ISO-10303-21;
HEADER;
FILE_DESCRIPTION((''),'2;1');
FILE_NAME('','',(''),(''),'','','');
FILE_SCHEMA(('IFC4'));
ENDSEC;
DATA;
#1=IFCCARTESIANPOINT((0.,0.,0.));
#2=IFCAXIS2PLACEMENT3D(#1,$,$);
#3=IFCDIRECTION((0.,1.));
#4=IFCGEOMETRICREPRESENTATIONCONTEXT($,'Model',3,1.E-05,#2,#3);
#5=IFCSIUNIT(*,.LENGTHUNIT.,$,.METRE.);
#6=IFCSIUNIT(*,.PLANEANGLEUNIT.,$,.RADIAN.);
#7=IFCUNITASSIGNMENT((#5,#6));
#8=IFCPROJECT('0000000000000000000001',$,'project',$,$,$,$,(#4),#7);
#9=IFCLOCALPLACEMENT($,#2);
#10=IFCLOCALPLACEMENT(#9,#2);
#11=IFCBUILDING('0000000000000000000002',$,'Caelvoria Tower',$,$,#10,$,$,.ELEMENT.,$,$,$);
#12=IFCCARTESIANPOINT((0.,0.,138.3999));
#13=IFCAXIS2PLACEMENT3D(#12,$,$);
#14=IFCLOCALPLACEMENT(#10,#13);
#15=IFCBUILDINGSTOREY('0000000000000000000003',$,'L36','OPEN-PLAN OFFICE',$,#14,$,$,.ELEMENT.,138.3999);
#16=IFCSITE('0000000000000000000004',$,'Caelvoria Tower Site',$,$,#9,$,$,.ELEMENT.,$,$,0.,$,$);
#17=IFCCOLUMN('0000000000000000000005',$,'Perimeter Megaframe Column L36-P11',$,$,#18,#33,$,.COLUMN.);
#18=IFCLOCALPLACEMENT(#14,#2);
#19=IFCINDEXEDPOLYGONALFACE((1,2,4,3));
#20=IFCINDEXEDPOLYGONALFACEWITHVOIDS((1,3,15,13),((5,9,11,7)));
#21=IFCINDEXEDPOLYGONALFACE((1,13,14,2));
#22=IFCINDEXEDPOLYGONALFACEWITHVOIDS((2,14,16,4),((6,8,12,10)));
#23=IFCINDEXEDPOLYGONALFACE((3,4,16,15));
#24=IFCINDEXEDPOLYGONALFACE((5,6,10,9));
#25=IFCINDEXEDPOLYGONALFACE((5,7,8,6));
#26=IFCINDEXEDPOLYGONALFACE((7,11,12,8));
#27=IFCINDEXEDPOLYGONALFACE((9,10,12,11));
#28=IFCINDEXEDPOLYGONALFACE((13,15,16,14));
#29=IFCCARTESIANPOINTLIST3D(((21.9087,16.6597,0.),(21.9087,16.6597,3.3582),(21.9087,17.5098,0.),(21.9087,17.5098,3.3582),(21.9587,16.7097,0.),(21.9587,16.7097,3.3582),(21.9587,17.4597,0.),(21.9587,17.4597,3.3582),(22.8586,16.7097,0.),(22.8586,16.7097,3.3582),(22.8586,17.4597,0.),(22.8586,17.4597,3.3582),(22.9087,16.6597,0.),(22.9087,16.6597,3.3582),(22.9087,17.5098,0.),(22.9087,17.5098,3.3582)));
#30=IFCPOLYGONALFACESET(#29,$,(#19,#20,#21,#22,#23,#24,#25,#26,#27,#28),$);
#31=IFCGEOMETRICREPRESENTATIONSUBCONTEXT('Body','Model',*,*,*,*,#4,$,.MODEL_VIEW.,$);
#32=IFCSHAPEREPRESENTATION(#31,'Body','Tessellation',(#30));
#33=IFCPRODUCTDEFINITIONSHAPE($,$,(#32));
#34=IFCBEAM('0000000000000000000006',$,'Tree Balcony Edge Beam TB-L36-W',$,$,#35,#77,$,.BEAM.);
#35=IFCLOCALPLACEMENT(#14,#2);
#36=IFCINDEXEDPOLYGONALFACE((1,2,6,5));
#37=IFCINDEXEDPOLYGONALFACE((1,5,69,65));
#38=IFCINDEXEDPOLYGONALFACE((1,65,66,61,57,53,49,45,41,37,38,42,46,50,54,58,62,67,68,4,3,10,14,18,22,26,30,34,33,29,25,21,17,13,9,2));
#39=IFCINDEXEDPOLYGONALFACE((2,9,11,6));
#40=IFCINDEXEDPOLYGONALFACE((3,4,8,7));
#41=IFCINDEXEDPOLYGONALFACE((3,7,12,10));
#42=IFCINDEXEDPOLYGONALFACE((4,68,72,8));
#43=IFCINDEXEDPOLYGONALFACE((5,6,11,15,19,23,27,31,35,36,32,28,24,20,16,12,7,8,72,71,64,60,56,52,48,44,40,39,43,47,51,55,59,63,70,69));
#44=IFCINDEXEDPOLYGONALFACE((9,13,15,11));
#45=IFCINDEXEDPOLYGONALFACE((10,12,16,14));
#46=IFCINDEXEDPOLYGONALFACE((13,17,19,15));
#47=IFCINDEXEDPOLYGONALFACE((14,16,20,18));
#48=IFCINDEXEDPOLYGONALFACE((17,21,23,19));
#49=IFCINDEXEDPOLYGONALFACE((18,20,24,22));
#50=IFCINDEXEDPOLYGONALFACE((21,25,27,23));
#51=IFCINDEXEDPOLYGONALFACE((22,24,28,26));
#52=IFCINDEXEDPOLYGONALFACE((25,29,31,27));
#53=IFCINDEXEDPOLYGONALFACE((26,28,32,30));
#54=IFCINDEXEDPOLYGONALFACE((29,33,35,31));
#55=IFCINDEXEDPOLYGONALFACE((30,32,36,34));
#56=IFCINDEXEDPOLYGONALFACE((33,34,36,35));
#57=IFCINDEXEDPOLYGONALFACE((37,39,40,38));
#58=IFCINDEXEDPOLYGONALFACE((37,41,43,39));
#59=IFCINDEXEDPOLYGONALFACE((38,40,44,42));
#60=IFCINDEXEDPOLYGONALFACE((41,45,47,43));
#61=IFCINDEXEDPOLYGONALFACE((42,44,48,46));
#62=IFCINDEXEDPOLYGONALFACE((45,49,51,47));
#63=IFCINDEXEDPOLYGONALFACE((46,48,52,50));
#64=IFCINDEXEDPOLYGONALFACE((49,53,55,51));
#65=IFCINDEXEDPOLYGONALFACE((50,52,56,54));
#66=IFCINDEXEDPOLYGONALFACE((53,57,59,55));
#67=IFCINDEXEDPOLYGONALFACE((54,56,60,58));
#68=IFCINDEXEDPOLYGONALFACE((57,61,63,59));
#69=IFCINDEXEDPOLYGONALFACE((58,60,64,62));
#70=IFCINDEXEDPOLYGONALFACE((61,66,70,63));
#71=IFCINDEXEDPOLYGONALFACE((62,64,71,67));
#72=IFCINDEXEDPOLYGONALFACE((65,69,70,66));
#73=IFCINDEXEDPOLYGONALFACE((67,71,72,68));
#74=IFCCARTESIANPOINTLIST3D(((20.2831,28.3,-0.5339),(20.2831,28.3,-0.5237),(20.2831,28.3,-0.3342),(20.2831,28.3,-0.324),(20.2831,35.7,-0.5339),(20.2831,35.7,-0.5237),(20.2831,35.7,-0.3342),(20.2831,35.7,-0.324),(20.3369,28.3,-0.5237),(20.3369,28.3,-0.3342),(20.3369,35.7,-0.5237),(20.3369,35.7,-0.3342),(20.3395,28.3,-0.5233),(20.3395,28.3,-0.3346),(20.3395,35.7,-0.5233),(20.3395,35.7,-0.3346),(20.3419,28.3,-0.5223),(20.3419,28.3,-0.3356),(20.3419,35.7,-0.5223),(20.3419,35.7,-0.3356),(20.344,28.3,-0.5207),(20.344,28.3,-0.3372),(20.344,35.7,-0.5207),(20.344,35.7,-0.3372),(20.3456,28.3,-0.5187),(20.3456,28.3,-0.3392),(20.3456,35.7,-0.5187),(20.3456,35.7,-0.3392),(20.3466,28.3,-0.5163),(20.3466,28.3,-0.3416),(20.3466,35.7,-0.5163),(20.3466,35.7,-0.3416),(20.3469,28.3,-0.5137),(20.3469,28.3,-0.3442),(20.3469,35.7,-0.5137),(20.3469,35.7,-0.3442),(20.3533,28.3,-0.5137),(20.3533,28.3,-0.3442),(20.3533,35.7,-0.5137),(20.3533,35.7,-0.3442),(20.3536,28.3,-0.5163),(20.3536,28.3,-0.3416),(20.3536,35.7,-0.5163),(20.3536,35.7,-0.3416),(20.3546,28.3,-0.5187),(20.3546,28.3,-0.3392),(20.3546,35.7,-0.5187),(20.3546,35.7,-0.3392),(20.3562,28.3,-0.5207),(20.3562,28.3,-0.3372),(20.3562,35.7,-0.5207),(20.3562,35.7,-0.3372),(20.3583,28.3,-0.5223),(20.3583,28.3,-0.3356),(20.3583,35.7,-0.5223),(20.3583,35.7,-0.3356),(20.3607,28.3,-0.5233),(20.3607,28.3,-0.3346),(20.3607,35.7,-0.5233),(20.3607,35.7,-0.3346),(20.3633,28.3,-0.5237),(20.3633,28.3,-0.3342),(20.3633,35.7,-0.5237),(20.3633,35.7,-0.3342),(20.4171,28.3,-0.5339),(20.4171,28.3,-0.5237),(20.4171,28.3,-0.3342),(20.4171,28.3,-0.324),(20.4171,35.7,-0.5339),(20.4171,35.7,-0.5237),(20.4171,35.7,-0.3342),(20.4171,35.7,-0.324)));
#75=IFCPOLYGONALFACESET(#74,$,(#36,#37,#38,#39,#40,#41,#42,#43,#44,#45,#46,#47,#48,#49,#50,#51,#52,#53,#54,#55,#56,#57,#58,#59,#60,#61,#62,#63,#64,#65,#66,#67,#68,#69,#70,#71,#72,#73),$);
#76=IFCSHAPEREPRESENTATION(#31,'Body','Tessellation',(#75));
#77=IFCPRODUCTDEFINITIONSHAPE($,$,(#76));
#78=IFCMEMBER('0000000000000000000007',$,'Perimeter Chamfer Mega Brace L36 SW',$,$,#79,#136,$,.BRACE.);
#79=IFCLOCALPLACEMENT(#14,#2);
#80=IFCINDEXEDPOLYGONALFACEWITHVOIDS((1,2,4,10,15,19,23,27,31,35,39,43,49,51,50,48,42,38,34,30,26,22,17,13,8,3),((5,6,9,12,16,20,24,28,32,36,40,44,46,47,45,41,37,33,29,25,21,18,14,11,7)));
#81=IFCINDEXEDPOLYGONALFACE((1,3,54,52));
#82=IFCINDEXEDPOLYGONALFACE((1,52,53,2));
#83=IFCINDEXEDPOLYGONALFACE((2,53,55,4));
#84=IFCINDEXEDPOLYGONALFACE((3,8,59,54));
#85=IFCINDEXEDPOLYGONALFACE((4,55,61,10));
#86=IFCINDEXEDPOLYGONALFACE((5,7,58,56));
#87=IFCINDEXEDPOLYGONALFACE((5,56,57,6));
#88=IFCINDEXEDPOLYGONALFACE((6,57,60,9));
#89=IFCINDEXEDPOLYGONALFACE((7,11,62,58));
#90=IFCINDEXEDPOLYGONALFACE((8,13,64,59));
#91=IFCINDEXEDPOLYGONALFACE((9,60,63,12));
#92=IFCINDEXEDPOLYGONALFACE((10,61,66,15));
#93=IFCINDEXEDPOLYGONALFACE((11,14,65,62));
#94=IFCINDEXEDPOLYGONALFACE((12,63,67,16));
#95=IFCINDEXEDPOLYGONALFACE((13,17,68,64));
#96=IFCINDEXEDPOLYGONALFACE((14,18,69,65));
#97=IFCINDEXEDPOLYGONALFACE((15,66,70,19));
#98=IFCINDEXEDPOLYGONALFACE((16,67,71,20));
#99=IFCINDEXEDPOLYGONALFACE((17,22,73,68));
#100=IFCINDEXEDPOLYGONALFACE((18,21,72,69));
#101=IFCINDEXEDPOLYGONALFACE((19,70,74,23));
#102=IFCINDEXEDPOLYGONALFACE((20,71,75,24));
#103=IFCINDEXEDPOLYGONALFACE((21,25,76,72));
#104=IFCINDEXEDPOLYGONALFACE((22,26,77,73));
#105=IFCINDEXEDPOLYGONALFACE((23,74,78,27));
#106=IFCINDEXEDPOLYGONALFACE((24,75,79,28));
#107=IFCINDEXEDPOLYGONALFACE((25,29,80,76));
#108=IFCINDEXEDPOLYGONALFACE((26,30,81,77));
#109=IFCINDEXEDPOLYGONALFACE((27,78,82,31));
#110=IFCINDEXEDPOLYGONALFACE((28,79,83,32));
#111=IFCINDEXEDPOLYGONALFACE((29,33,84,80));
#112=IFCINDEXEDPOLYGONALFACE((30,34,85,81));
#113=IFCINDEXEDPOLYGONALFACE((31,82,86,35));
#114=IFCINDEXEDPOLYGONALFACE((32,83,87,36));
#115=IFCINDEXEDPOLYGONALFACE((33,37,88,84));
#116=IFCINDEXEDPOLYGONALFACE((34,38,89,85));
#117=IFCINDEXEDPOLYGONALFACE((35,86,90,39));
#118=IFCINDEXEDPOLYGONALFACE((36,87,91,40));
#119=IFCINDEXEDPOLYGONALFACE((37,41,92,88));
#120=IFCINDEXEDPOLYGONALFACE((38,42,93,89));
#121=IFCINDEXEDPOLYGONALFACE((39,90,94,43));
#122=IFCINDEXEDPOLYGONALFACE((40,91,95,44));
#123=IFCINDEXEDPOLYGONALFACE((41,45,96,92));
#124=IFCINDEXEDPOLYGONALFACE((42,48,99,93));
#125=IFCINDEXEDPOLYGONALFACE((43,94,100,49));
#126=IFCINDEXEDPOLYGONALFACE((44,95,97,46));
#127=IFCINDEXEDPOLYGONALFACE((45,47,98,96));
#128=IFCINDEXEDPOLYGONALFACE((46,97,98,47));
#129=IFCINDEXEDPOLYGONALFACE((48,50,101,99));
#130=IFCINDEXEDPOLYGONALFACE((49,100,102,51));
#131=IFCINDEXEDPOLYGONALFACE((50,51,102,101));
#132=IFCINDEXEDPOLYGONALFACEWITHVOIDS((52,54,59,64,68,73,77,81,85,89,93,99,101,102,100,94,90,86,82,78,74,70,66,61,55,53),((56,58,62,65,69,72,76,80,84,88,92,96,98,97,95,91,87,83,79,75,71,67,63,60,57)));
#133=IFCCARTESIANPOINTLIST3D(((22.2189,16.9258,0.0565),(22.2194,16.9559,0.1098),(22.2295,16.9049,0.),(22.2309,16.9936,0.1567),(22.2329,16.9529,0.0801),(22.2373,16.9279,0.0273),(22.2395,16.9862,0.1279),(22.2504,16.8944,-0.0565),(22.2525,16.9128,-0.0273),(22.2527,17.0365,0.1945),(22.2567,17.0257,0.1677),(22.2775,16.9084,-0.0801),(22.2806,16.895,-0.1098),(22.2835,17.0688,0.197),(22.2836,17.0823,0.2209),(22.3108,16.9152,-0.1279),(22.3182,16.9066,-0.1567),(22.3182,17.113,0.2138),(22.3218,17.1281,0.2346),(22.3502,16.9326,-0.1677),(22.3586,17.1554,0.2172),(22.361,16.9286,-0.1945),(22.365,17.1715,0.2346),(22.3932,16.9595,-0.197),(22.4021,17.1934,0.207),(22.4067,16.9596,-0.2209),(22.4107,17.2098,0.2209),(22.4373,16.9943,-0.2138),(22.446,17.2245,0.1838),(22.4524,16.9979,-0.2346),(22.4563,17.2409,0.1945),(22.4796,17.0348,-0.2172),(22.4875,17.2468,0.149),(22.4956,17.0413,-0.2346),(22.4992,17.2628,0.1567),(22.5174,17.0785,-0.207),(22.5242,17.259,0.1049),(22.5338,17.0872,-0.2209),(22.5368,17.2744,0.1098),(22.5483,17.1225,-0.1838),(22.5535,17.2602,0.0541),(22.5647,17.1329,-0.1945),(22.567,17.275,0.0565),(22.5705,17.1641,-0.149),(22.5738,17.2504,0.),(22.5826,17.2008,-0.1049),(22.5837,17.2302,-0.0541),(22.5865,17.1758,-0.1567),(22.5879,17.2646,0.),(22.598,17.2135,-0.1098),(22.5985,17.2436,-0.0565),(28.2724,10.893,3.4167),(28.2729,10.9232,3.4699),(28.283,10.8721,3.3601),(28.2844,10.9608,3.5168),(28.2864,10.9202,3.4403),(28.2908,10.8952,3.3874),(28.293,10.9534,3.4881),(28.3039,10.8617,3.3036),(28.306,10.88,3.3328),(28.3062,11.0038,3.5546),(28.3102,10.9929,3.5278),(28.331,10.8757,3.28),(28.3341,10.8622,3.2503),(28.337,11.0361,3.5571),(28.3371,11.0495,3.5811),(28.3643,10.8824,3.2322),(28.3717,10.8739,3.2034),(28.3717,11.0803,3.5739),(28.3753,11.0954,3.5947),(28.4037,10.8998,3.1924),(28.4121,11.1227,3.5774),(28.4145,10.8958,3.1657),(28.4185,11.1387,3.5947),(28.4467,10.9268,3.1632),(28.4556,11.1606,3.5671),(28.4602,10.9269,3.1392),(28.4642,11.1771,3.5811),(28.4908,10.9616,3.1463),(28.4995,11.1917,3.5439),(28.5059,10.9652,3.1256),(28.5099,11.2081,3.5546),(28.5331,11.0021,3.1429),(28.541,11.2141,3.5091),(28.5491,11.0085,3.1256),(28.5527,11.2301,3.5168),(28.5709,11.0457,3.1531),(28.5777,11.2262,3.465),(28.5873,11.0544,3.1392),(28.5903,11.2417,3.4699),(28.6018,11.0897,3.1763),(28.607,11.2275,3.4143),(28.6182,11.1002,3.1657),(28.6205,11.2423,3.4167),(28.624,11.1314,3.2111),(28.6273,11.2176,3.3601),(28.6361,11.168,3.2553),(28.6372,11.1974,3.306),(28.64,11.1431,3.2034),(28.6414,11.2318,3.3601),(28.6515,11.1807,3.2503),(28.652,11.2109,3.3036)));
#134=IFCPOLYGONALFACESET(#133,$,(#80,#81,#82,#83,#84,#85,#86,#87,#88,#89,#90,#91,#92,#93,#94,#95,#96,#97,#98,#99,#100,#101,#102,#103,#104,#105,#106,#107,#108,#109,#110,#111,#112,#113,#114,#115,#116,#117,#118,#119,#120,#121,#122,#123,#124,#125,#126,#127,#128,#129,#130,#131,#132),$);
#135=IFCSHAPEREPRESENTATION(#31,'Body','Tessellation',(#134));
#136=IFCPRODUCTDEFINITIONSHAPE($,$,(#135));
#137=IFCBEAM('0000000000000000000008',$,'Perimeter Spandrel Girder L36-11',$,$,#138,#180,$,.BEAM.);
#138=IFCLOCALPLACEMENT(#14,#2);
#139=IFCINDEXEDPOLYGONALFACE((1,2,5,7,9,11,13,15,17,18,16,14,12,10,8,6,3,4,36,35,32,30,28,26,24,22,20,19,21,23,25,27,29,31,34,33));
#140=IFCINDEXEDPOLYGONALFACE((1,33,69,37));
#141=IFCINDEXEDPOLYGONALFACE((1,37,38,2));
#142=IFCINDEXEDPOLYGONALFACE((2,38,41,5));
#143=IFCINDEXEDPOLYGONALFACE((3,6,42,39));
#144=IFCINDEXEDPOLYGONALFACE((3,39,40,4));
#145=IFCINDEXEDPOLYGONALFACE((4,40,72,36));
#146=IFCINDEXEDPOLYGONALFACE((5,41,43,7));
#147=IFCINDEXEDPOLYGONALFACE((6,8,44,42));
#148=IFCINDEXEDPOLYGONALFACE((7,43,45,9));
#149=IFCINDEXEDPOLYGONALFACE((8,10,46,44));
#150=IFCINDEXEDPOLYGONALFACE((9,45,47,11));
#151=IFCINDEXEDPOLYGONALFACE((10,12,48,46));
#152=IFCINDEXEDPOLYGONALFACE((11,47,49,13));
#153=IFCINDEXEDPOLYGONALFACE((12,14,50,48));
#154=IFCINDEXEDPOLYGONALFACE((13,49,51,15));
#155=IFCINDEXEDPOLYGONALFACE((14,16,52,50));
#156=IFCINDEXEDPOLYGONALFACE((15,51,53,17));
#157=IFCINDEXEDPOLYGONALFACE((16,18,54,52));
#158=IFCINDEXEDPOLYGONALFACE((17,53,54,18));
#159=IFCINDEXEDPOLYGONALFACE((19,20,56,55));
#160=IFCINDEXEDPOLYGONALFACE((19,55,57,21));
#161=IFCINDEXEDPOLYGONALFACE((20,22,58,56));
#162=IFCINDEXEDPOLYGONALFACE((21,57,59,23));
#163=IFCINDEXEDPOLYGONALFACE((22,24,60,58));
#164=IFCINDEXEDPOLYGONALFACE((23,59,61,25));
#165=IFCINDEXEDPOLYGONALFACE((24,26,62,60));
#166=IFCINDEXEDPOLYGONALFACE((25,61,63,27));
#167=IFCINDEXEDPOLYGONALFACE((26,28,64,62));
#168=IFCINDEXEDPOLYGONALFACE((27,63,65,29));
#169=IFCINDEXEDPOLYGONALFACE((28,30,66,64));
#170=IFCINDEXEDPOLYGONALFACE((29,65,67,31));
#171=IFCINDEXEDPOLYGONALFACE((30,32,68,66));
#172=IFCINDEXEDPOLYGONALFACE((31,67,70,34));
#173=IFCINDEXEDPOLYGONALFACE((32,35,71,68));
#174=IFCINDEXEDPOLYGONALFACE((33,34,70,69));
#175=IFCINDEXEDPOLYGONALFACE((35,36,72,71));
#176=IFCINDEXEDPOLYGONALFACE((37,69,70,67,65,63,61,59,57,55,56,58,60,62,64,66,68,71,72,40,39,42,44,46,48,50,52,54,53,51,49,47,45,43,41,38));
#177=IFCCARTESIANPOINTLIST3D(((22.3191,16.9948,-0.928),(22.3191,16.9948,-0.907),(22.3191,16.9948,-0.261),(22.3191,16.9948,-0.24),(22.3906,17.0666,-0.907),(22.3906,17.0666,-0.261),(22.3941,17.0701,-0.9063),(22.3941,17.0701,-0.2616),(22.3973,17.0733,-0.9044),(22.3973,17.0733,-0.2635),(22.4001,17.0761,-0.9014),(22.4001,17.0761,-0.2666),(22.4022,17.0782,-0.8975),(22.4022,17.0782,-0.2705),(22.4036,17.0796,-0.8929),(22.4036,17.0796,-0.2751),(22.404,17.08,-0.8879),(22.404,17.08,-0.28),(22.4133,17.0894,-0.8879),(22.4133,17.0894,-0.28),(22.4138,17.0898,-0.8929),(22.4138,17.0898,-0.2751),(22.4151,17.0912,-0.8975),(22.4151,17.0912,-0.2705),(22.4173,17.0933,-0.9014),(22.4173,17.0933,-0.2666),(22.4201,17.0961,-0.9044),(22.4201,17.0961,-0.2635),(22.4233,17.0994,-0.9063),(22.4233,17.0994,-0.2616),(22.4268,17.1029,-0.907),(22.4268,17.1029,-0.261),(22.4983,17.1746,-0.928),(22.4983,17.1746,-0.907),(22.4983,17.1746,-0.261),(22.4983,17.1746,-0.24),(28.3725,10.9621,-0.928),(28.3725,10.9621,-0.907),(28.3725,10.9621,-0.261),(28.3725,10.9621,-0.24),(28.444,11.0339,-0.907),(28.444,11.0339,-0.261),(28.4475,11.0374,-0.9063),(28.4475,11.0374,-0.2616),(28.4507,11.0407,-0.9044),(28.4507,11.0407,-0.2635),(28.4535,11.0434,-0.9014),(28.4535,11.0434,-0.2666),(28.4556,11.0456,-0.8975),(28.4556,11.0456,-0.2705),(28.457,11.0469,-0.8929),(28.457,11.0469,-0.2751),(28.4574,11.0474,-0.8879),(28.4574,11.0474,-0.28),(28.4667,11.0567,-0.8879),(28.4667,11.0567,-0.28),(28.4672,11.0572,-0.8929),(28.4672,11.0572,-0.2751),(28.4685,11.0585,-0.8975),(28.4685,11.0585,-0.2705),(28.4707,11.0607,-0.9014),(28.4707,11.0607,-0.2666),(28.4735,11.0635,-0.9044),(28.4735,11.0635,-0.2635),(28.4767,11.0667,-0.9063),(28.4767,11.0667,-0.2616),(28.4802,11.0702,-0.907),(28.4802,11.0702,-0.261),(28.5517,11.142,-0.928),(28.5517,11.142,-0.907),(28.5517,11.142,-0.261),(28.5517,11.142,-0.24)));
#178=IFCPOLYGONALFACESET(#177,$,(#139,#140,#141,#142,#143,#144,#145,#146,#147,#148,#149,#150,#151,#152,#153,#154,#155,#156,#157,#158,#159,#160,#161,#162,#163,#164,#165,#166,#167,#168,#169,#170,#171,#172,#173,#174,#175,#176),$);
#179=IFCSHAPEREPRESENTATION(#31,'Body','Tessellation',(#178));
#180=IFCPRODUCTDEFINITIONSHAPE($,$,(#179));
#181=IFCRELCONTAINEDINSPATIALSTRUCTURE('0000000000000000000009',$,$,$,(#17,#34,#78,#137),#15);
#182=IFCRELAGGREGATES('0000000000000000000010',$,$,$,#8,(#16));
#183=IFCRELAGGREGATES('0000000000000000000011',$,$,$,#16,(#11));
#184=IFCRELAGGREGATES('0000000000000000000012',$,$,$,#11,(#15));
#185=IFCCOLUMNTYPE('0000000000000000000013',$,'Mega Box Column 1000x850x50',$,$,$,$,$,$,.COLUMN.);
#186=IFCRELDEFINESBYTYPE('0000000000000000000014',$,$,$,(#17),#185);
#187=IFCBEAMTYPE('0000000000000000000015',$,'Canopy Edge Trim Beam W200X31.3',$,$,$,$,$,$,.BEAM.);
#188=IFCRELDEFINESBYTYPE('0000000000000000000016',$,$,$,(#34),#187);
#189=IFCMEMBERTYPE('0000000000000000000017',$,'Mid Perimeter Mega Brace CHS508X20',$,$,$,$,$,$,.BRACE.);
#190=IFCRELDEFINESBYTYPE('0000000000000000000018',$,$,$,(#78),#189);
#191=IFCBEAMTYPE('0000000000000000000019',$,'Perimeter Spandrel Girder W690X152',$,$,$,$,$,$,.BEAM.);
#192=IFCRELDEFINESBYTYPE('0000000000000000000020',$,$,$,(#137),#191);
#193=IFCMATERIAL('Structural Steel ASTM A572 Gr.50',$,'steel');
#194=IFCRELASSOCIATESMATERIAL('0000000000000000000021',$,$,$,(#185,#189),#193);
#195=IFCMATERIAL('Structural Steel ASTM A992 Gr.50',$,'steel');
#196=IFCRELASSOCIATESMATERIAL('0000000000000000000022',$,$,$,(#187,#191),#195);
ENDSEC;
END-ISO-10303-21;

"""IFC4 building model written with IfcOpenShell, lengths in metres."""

from ifc_helpers import new_model, si_unit, direction, frame, origin, origin_2d, place, context, subcontext, project, spatial, hollow_rectangle, hollow_circle, i_section, extrude, material, material_profile, profile_set, type_object, element, save


model = new_model("IFC4")

# Units and contexts
model_context = context("Model", 3, precision=1e-05, world=origin(), true_north=direction((0.0, 1.0)))
body_context = subcontext(model_context, "Body", "Model", "MODEL_VIEW")
ifc_project = project(units=[si_unit("LENGTHUNIT", "METRE"), si_unit("PLANEANGLEUNIT", "RADIAN")], contexts=[model_context])

# Site, building, storey
site_placement = place(None, origin())
site = spatial("IfcSite", under=ifc_project, at=site_placement, Name="Caelvoria Tower Site", CompositionType="ELEMENT", RefElevation=0.0)
building_placement = place(site_placement, origin())
building = spatial("IfcBuilding", under=site, at=building_placement, Name="Caelvoria Tower", CompositionType="ELEMENT")
storey_placement = place(building_placement, frame((0.0, 0.0, 138.3999)))
storey = spatial("IfcBuildingStorey", under=building, at=storey_placement, Name="L36", Description="OPEN-PLAN OFFICE", CompositionType="ELEMENT", Elevation=138.3999)

# Column
ifc_material_1 = material(Name="Structural Steel ASTM A572 Gr.50", Category="steel")
ifc_material_profile_1 = material_profile(ifc_material_1, hollow_rectangle(XDim=0.8501, YDim=1.0, WallThickness=0.05, at=origin_2d()), Name="Structural Steel ASTM A572 Gr.50")
ifc_profile_set_1 = profile_set([ifc_material_profile_1], Name="BOX1000X850X50 - Structural Steel ASTM A572 Gr.50")
column_type = type_object("IfcColumnType", Name="Mega Box Column 1000x850x50", PredefinedType="COLUMN", material=ifc_profile_set_1)
column_placement = place(storey_placement, frame((22.4087, 17.0847, 0.0), z_axis=(0.0, 0.0, 1.0), x_axis=(0.0, 1.0, 0.0)))
element("IfcColumn", 1, at=column_placement, inside=storey, type_object=column_type, Name="Perimeter Megaframe Column L36-P11", PredefinedType="COLUMN", context=body_context, shape_type="SweptSolid", body=[
    extrude(hollow_rectangle(XDim=0.8501, YDim=1.0, WallThickness=0.05, at=origin_2d()), origin(), (0.0, 0.0, 1.0), 3.3582),
])

# Beam
ifc_material_2 = material(Name="Structural Steel ASTM A992 Gr.50", Category="steel")
ifc_material_profile_2 = material_profile(ifc_material_2, i_section(OverallWidth=0.134, OverallDepth=0.21, WebThickness=0.0063, FlangeThickness=0.0103, FilletRadius=0.01, at=origin_2d()), Name="Structural Steel ASTM A992 Gr.50")
ifc_profile_set_2 = profile_set([ifc_material_profile_2], Name="W200X31.3 - Structural Steel ASTM A992 Gr.50")
beam_type_1 = type_object("IfcBeamType", Name="Canopy Edge Trim Beam W200X31.3", PredefinedType="BEAM", material=ifc_profile_set_2)
beam_1_placement = place(storey_placement, frame((20.3501, 28.3, -0.429), z_axis=(0.0, 1.0, 0.0), x_axis=(-1.0, 0.0, 0.0)))
element("IfcBeam", 2, at=beam_1_placement, inside=storey, type_object=beam_type_1, Name="Tree Balcony Edge Beam TB-L36-W", PredefinedType="BEAM", context=body_context, shape_type="SweptSolid", body=[
    extrude(i_section(OverallWidth=0.134, OverallDepth=0.21, WebThickness=0.0063, FlangeThickness=0.0103, FilletRadius=0.01, at=origin_2d()), origin(), (0.0, 0.0, 1.0), 7.3999),
])

# Member
ifc_material_profile_3 = material_profile(ifc_material_1, hollow_circle(Radius=0.2539, WallThickness=0.02, at=origin_2d()), Name="Structural Steel ASTM A572 Gr.50")
ifc_profile_set_3 = profile_set([ifc_material_profile_3], Name="CHS508X20 - Structural Steel ASTM A572 Gr.50")
member_type = type_object("IfcMemberType", Name="Mid Perimeter Mega Brace CHS508X20", PredefinedType="BRACE", material=ifc_profile_set_3)
member_placement = place(storey_placement, frame((22.4087, 17.0847, 0.0), z_axis=(0.6592, -0.65694, 0.365903), x_axis=(0.705892, 0.70832, 0.0)))
element("IfcMember", 3, at=member_placement, inside=storey, type_object=member_type, Name="Perimeter Chamfer Mega Brace L36 SW", PredefinedType="BRACE", context=body_context, shape_type="SweptSolid", body=[
    extrude(hollow_circle(Radius=0.2539, WallThickness=0.02, at=origin_2d()), origin(), (0.0, 0.0, 1.0), 9.1831),
])

# Beam
ifc_material_profile_4 = material_profile(ifc_material_2, i_section(OverallWidth=0.2539, OverallDepth=0.688, WebThickness=0.0132, FlangeThickness=0.021, FilletRadius=0.019, at=origin_2d()), Name="Structural Steel ASTM A992 Gr.50")
ifc_profile_set_4 = profile_set([ifc_material_profile_4], Name="W690X152 - Structural Steel ASTM A992 Gr.50")
beam_type_2 = type_object("IfcBeamType", Name="Perimeter Spandrel Girder W690X152", PredefinedType="BEAM", material=ifc_profile_set_4)
beam_2_placement = place(storey_placement, frame((22.4087, 17.0847, -0.584), z_axis=(0.70832, -0.705892, 0.0), x_axis=(0.705892, 0.70832, 0.0)))
element("IfcBeam", 4, at=beam_2_placement, inside=storey, type_object=beam_type_2, Name="Perimeter Spandrel Girder L36-11", PredefinedType="BEAM", context=body_context, shape_type="SweptSolid", body=[
    extrude(i_section(OverallWidth=0.2539, OverallDepth=0.688, WebThickness=0.0132, FlangeThickness=0.021, FilletRadius=0.019, at=origin_2d()), origin(), (0.0, 0.0, 1.0), 8.5461),
])

save(model, "model.ifc")
